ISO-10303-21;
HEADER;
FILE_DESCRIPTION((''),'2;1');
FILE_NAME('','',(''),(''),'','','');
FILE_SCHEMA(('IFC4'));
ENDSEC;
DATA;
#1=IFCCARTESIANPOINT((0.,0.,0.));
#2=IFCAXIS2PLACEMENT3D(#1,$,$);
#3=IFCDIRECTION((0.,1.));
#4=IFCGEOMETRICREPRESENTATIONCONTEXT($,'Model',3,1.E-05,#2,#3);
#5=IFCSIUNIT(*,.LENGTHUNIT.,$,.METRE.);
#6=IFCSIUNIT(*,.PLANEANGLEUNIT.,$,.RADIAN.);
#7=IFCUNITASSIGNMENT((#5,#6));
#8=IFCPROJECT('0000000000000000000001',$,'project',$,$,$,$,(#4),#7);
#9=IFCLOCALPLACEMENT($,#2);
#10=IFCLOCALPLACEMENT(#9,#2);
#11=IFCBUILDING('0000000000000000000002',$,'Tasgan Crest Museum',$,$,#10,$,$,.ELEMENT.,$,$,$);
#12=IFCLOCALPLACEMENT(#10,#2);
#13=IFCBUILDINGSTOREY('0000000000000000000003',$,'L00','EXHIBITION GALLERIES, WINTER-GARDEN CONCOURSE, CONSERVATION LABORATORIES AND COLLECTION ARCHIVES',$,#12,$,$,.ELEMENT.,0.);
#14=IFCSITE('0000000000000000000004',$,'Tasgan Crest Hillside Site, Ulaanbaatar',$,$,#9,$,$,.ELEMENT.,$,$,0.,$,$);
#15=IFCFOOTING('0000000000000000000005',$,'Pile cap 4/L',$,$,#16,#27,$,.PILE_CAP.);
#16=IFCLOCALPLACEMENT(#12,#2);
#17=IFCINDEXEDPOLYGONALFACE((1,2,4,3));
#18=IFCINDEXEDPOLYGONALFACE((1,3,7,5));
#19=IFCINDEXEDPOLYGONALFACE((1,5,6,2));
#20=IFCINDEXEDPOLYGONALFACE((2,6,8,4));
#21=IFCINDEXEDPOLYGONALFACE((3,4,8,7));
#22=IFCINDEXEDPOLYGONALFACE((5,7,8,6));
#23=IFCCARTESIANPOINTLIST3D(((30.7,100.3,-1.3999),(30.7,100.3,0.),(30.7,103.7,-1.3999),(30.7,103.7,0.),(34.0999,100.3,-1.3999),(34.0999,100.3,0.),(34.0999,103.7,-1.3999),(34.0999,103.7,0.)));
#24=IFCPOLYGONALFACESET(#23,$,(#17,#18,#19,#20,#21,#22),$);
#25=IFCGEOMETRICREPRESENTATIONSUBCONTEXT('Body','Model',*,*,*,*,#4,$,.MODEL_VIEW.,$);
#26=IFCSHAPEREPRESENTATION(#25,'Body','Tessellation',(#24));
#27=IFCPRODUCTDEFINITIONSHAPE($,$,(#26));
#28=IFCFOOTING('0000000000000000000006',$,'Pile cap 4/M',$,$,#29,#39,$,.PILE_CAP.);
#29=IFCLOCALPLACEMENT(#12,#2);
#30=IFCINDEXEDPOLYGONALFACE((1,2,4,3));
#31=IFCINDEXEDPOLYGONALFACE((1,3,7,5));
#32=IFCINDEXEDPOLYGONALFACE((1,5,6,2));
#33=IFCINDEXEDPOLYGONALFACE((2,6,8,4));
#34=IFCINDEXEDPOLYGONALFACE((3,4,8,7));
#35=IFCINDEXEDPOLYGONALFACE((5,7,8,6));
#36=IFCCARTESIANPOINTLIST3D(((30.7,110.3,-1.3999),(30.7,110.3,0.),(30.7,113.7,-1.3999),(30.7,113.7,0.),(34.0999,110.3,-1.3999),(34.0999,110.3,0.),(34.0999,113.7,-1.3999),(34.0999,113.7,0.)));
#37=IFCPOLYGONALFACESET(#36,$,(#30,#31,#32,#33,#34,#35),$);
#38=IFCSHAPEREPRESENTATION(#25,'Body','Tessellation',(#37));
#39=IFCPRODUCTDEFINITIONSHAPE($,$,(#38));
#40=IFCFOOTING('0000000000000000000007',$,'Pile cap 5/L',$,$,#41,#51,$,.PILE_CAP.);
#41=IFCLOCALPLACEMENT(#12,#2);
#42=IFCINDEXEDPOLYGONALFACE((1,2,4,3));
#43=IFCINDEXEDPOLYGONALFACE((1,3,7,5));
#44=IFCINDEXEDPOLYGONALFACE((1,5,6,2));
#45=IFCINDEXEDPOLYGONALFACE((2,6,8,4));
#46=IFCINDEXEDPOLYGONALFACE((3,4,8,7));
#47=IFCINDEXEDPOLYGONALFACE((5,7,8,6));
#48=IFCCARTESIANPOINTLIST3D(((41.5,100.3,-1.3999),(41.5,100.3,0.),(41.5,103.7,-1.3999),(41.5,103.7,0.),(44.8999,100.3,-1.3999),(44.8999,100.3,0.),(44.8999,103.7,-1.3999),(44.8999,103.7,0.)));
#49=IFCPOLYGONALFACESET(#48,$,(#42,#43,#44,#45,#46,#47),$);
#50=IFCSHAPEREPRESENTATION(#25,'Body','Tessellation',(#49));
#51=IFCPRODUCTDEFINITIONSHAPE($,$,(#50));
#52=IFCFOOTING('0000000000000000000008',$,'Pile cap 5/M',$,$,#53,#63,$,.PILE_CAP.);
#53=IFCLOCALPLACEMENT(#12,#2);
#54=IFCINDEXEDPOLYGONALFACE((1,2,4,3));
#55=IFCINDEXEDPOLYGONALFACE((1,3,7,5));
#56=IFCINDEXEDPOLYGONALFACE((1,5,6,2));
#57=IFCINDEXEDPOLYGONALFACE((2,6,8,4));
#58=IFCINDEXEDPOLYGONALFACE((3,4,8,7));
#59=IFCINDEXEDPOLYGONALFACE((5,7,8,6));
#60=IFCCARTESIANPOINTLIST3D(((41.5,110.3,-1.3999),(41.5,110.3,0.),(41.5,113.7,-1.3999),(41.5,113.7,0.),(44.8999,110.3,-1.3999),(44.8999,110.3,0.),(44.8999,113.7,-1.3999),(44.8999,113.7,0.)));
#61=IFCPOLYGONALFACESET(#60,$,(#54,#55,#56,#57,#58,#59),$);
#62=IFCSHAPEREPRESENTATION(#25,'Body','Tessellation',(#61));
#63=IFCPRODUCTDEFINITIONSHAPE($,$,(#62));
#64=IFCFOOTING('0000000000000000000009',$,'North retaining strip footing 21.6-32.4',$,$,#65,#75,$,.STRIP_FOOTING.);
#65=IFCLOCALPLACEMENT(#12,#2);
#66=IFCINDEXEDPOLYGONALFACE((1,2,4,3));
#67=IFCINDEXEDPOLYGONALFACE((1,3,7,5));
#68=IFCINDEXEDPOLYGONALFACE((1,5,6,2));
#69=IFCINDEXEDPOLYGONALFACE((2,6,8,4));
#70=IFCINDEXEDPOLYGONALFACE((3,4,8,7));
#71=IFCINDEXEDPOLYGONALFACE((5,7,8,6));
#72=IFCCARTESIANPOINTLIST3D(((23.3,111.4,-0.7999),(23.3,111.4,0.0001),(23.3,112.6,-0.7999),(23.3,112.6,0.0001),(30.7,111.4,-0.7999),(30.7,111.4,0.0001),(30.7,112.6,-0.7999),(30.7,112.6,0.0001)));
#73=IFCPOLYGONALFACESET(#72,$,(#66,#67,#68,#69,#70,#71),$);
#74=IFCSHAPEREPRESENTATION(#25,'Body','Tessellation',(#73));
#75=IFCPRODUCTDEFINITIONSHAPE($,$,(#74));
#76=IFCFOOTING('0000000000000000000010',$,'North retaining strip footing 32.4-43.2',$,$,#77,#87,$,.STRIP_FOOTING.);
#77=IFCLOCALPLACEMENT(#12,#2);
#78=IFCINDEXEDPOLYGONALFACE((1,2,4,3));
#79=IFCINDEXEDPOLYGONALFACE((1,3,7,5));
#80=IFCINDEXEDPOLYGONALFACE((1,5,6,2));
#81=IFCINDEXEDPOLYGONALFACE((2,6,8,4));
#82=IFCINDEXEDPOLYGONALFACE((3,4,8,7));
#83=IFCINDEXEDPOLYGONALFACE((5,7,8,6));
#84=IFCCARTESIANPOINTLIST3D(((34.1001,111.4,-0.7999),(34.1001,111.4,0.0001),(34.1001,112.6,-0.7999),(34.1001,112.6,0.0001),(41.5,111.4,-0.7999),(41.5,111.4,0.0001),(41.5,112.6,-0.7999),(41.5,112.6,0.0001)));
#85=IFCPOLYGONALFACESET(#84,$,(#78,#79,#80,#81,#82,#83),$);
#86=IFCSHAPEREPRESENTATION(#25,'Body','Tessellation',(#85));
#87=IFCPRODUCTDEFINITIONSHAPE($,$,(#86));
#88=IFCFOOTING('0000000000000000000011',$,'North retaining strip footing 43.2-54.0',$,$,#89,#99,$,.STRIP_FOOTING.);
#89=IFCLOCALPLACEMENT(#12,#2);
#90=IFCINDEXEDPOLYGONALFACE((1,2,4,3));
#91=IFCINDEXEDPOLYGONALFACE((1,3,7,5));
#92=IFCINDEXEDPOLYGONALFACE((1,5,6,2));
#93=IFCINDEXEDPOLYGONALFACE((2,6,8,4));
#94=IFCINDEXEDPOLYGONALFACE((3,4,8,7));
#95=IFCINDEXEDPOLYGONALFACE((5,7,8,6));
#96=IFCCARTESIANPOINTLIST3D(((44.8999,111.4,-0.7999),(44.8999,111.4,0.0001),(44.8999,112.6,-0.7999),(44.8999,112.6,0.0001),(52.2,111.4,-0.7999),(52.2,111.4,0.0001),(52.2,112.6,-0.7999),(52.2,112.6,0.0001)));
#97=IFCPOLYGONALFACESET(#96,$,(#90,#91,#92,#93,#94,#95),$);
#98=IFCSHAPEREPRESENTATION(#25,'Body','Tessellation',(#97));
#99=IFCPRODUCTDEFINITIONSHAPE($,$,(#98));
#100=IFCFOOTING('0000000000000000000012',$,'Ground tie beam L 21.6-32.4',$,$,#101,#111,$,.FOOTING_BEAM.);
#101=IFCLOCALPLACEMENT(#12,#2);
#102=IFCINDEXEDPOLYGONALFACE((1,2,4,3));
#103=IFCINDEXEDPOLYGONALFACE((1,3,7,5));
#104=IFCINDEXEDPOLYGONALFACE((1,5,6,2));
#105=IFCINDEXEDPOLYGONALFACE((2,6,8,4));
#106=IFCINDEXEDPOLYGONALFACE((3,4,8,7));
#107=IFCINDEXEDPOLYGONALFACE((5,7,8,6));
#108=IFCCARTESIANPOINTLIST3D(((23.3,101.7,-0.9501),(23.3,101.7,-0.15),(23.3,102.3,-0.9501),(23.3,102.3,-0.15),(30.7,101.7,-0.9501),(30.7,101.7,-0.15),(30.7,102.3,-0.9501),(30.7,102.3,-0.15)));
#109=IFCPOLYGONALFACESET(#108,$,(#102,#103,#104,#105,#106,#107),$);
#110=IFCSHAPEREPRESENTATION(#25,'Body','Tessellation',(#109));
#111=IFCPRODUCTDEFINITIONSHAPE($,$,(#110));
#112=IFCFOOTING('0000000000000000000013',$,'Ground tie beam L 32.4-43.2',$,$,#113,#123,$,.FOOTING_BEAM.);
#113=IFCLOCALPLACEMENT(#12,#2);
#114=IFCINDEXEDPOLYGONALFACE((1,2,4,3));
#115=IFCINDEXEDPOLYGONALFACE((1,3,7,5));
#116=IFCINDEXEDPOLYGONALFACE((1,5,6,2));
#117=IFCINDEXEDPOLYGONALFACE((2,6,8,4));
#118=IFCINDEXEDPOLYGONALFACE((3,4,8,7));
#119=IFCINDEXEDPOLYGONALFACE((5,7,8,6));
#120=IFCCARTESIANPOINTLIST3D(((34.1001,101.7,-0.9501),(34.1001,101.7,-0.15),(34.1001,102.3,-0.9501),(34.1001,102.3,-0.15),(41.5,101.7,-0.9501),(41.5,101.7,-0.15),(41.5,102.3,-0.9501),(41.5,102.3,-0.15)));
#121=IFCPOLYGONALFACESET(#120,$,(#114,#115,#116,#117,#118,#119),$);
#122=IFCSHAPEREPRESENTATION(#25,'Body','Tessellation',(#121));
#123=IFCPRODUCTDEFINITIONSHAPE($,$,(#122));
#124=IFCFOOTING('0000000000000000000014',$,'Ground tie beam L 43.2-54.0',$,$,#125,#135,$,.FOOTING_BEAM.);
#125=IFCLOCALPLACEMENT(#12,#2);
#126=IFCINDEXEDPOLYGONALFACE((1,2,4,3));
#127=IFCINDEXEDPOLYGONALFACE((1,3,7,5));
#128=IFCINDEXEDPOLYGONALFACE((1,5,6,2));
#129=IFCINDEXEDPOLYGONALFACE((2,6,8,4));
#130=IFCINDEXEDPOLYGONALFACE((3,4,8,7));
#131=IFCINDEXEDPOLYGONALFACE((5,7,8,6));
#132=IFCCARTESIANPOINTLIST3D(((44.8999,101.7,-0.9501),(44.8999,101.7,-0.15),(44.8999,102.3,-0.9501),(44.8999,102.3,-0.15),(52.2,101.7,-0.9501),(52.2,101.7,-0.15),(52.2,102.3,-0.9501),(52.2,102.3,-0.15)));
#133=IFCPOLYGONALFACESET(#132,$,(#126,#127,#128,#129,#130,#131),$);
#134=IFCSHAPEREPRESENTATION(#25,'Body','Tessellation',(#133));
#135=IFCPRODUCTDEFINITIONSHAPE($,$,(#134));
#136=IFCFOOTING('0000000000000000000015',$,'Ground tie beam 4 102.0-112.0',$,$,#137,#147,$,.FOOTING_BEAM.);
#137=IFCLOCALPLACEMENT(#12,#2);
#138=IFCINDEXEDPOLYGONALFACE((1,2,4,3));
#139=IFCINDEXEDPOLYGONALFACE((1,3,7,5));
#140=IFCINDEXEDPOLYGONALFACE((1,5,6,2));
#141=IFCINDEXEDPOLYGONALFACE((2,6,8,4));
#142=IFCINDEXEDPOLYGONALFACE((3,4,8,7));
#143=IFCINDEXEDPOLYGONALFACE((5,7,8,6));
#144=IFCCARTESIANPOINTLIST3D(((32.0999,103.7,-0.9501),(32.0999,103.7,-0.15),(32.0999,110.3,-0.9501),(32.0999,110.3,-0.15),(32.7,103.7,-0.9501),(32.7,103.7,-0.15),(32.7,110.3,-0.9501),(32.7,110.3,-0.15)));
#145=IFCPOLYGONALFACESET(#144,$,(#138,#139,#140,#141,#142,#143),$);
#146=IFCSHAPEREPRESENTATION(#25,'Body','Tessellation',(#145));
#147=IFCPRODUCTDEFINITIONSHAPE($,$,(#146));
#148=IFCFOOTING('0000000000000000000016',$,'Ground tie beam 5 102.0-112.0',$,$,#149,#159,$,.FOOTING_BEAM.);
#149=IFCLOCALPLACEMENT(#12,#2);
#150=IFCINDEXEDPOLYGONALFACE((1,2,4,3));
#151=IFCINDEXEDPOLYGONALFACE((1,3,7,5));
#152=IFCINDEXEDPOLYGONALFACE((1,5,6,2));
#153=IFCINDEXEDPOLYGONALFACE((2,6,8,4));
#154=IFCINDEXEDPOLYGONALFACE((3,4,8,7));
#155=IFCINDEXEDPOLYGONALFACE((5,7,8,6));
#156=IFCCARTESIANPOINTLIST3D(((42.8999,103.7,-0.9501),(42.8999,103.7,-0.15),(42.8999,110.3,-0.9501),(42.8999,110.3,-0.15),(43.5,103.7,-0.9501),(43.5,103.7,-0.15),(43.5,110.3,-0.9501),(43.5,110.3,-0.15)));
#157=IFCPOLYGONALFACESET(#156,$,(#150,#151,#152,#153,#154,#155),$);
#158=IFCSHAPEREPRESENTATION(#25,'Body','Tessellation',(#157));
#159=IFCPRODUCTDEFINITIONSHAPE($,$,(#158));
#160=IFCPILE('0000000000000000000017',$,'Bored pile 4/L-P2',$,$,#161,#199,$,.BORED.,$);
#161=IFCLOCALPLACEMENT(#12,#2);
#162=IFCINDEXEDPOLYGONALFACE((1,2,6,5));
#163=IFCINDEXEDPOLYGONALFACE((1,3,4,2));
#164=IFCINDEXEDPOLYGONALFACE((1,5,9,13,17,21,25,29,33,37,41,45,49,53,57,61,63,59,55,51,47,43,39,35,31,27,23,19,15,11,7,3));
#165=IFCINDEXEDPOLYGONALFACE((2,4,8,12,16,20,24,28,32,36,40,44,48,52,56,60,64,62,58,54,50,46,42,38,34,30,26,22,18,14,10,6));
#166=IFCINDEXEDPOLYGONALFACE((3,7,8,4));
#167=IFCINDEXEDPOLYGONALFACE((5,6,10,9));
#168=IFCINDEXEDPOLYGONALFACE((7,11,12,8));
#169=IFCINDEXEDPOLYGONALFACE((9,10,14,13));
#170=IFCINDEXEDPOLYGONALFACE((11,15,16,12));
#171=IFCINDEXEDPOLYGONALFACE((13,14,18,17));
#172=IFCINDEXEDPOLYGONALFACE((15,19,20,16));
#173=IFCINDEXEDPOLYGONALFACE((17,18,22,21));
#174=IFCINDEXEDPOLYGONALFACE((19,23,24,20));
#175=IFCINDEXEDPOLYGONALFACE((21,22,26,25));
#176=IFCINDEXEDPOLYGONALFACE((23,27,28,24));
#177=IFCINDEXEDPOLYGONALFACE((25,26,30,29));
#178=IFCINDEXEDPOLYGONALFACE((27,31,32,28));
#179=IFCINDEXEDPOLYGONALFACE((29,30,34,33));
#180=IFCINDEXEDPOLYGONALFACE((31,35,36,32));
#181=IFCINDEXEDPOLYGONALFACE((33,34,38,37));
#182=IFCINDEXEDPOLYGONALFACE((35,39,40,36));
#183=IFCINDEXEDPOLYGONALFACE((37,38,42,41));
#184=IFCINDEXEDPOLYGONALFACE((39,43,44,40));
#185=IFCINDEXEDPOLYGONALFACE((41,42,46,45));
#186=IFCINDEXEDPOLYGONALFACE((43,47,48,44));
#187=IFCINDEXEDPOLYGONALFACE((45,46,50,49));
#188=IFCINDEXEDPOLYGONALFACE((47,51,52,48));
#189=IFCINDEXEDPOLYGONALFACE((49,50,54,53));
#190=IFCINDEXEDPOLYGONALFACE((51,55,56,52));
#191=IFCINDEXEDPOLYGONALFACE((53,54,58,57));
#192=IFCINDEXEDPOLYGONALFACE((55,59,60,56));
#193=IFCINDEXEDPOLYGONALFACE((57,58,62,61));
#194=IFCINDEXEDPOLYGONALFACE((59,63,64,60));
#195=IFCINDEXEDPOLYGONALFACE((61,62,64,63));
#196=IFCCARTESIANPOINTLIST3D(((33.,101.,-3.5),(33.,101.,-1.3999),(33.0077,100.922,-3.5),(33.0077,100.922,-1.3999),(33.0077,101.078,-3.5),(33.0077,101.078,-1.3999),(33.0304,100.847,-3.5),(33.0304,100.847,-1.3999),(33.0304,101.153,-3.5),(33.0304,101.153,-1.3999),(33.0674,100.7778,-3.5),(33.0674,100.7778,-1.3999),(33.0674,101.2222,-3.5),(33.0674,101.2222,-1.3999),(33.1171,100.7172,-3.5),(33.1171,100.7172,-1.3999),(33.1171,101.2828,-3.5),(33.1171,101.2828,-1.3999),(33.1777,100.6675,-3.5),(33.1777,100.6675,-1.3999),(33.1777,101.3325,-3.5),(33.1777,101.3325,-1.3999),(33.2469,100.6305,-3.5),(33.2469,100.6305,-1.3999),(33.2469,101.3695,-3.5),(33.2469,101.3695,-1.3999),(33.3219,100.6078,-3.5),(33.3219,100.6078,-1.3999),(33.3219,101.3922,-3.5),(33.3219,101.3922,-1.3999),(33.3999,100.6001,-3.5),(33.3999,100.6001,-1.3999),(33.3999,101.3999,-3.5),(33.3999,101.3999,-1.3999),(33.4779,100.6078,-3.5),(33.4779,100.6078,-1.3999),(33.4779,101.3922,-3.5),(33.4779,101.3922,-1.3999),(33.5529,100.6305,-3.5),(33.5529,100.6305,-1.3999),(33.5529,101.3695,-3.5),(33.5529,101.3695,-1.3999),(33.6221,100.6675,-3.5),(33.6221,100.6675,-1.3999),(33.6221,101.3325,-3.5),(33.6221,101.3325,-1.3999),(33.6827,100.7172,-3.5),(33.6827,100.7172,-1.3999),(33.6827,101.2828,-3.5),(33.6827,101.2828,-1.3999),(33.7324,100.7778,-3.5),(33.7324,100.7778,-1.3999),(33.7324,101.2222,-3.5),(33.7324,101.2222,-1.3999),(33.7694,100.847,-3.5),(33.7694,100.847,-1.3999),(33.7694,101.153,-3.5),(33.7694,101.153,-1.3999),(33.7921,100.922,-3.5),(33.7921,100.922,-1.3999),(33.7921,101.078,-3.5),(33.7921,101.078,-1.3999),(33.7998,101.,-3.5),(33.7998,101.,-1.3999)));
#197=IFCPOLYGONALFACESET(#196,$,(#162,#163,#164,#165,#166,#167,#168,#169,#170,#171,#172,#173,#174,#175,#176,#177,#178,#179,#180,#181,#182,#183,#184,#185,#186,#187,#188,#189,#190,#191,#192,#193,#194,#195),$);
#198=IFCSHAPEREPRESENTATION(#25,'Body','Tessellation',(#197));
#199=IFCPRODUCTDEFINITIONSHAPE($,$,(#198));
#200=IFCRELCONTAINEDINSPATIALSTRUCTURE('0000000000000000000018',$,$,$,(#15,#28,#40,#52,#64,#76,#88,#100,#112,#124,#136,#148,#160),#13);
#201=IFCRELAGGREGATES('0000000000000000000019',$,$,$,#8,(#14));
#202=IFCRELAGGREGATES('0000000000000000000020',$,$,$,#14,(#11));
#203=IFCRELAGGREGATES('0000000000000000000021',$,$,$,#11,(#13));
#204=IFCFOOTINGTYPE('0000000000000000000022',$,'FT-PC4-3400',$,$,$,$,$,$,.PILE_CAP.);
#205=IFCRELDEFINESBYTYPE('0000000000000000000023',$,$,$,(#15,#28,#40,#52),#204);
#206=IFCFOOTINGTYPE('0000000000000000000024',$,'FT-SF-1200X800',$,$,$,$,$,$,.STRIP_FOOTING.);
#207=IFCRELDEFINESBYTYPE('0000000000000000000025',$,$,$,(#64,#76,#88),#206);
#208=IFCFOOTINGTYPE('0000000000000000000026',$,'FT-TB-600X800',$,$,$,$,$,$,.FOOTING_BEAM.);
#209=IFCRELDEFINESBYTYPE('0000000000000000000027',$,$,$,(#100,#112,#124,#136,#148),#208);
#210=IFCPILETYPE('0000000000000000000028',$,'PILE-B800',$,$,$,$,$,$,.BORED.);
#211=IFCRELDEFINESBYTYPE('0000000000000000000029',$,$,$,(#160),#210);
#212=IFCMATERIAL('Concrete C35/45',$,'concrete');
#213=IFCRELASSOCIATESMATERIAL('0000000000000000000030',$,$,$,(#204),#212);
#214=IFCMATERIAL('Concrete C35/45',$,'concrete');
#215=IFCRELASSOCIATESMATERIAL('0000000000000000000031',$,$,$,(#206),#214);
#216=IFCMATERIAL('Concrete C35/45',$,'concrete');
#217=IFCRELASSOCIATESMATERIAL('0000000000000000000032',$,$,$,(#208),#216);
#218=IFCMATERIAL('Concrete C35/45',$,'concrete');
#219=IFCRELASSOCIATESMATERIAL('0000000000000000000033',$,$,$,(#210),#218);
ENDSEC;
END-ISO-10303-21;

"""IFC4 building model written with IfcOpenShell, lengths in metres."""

from ifc_helpers import new_model, si_unit, direction, frame, origin, origin_2d, place, context, subcontext, project, spatial, rectangle, circle, extrude, material, material_profile, profile_set, type_object, element, save


model = new_model("IFC4")

# Units and contexts
model_context = context("Model", 3, precision=1e-05, world=origin(), true_north=direction((0.0, 1.0)))
body_context = subcontext(model_context, "Body", "Model", "MODEL_VIEW")
ifc_project = project(units=[si_unit("LENGTHUNIT", "METRE"), si_unit("PLANEANGLEUNIT", "RADIAN")], contexts=[model_context])

# Site, building, storey
site_placement = place(None, origin())
site = spatial("IfcSite", under=ifc_project, at=site_placement, Name="Tasgan Crest Hillside Site, Ulaanbaatar", CompositionType="ELEMENT", RefElevation=0.0)
building_placement = place(site_placement, origin())
building = spatial("IfcBuilding", under=site, at=building_placement, Name="Tasgan Crest Museum", CompositionType="ELEMENT")
storey_placement = place(building_placement, origin())
storey = spatial("IfcBuildingStorey", under=building, at=storey_placement, Name="L00", Description="EXHIBITION GALLERIES, WINTER-GARDEN CONCOURSE, CONSERVATION LABORATORIES AND COLLECTION ARCHIVES", CompositionType="ELEMENT", Elevation=0.0)

# Footings
ifc_material_1 = material(Name="Concrete C35/45", Category="concrete")
footing_type_1 = type_object("IfcFootingType", Name="FT-PC4-3400", PredefinedType="PILE_CAP", material=ifc_material_1)
for number, where, z_axis, x_axis, name in (
    (1, (32.3999, 102.0, -1.3999), (0.0, 0.0, 1.0), (1.0, 0.0, 0.0), "Pile cap 4/L"),
    (2, (32.3999, 112.0, -1.3999), (0.0, 0.0, 1.0), (1.0, 0.0, 0.0), "Pile cap 4/M"),
    (3, (43.2, 102.0, -1.3999), (0.0, 0.0, 1.0), (1.0, 0.0, 0.0), "Pile cap 5/L"),
    (4, (43.2, 112.0, -1.3999), (0.0, 0.0, 1.0), (1.0, 0.0, 0.0), "Pile cap 5/M"),
):
    element("IfcFooting", number, at=place(storey_placement, frame(where, z_axis=z_axis, x_axis=x_axis)), inside=storey, type_object=footing_type_1, Name=name, PredefinedType="PILE_CAP", context=body_context, shape_type="SweptSolid", body=[
        extrude(rectangle(XDim=3.3999, YDim=3.3999, at=origin_2d()), origin(), (0.0, 0.0, 1.0), 1.3999),
    ])
ifc_material_2 = material(Name="Concrete C35/45", Category="concrete")
ifc_material_profile_1 = material_profile(ifc_material_2, rectangle(XDim=1.2, YDim=0.8, at=origin_2d()), Name="SF 1200x800")
ifc_profile_set_1 = profile_set([ifc_material_profile_1], Name="Concrete C35/45")
footing_type_2 = type_object("IfcFootingType", Name="FT-SF-1200X800", PredefinedType="STRIP_FOOTING", material=ifc_profile_set_1)
for number, where, z_axis, x_axis, name in (
    (5, (23.3, 112.0, -0.3999), (1.0, 0.0, 0.0), (0.0, 1.0, 0.0), "North retaining strip footing 21.6-32.4"),
    (6, (34.1001, 112.0, -0.3999), (1.0, 0.0, 0.0), (0.0, 1.0, 0.0), "North retaining strip footing 32.4-43.2"),
):
    element("IfcFooting", number, at=place(storey_placement, frame(where, z_axis=z_axis, x_axis=x_axis)), inside=storey, type_object=footing_type_2, Name=name, PredefinedType="STRIP_FOOTING", context=body_context, shape_type="SweptSolid", body=[
        extrude(rectangle(XDim=1.2, YDim=0.8, at=origin_2d()), origin(), (0.0, 0.0, 1.0), 7.3999),
    ])
footing_1_placement = place(storey_placement, frame((44.8999, 112.0, -0.3999), z_axis=(1.0, 0.0, 0.0), x_axis=(0.0, 1.0, 0.0)))
element("IfcFooting", 7, at=footing_1_placement, inside=storey, type_object=footing_type_2, Name="North retaining strip footing 43.2-54.0", PredefinedType="STRIP_FOOTING", context=body_context, shape_type="SweptSolid", body=[
    extrude(rectangle(XDim=1.2, YDim=0.8, at=origin_2d()), origin(), (0.0, 0.0, 1.0), 7.3),
])
ifc_material_3 = material(Name="Concrete C35/45", Category="concrete")
ifc_material_profile_2 = material_profile(ifc_material_3, rectangle(XDim=0.6001, YDim=0.8, at=origin_2d()), Name="TB 600x800")
ifc_profile_set_2 = profile_set([ifc_material_profile_2], Name="Concrete C35/45")
footing_type_3 = type_object("IfcFootingType", Name="FT-TB-600X800", PredefinedType="FOOTING_BEAM", material=ifc_profile_set_2)
for number, where, z_axis, x_axis, name in (
    (8, (23.3, 102.0, -0.55), (1.0, 0.0, 0.0), (0.0, 1.0, 0.0), "Ground tie beam L 21.6-32.4"),
    (9, (34.1001, 102.0, -0.55), (1.0, 0.0, 0.0), (0.0, 1.0, 0.0), "Ground tie beam L 32.4-43.2"),
):
    element("IfcFooting", number, at=place(storey_placement, frame(where, z_axis=z_axis, x_axis=x_axis)), inside=storey, type_object=footing_type_3, Name=name, PredefinedType="FOOTING_BEAM", context=body_context, shape_type="SweptSolid", body=[
        extrude(rectangle(XDim=0.6001, YDim=0.8, at=origin_2d()), origin(), (0.0, 0.0, 1.0), 7.3999),
    ])
footing_2_placement = place(storey_placement, frame((44.8999, 102.0, -0.55), z_axis=(1.0, 0.0, 0.0), x_axis=(0.0, 1.0, 0.0)))
element("IfcFooting", 10, at=footing_2_placement, inside=storey, type_object=footing_type_3, Name="Ground tie beam L 43.2-54.0", PredefinedType="FOOTING_BEAM", context=body_context, shape_type="SweptSolid", body=[
    extrude(rectangle(XDim=0.6001, YDim=0.8, at=origin_2d()), origin(), (0.0, 0.0, 1.0), 7.3),
])
for number, where, z_axis, x_axis, name in (
    (11, (32.3999, 103.7, -0.55), (0.0, 1.0, 0.0), (-1.0, 0.0, 0.0), "Ground tie beam 4 102.0-112.0"),
    (12, (43.2, 103.7, -0.55), (0.0, 1.0, 0.0), (-1.0, 0.0, 0.0), "Ground tie beam 5 102.0-112.0"),
):
    element("IfcFooting", number, at=place(storey_placement, frame(where, z_axis=z_axis, x_axis=x_axis)), inside=storey, type_object=footing_type_3, Name=name, PredefinedType="FOOTING_BEAM", context=body_context, shape_type="SweptSolid", body=[
        extrude(rectangle(XDim=0.6001, YDim=0.8, at=origin_2d()), origin(), (0.0, 0.0, 1.0), 6.6001),
    ])

# Pile
ifc_material_4 = material(Name="Concrete C35/45", Category="concrete")
ifc_material_profile_3 = material_profile(ifc_material_4, circle(Radius=0.3999, at=origin_2d()), Name="PILE D800")
ifc_profile_set_3 = profile_set([ifc_material_profile_3], Name="Concrete C35/45")
pile_type = type_object("IfcPileType", Name="PILE-B800", PredefinedType="BORED", material=ifc_profile_set_3)
for number, where, z_axis, x_axis, name in (
    (13, (33.3999, 101.0, -1.3999), (0.0, 0.0, -1.0), (1.0, 0.0, 0.0), "Bored pile 4/L-P2"),
):
    element("IfcPile", number, at=place(storey_placement, frame(where, z_axis=z_axis, x_axis=x_axis)), inside=storey, type_object=pile_type, Name=name, PredefinedType="BORED", context=body_context, shape_type="SweptSolid", body=[
        extrude(circle(Radius=0.3999, at=origin_2d()), origin(), (0.0, 0.0, 1.0), 2.1001),
    ])

save(model, "model.ifc")
